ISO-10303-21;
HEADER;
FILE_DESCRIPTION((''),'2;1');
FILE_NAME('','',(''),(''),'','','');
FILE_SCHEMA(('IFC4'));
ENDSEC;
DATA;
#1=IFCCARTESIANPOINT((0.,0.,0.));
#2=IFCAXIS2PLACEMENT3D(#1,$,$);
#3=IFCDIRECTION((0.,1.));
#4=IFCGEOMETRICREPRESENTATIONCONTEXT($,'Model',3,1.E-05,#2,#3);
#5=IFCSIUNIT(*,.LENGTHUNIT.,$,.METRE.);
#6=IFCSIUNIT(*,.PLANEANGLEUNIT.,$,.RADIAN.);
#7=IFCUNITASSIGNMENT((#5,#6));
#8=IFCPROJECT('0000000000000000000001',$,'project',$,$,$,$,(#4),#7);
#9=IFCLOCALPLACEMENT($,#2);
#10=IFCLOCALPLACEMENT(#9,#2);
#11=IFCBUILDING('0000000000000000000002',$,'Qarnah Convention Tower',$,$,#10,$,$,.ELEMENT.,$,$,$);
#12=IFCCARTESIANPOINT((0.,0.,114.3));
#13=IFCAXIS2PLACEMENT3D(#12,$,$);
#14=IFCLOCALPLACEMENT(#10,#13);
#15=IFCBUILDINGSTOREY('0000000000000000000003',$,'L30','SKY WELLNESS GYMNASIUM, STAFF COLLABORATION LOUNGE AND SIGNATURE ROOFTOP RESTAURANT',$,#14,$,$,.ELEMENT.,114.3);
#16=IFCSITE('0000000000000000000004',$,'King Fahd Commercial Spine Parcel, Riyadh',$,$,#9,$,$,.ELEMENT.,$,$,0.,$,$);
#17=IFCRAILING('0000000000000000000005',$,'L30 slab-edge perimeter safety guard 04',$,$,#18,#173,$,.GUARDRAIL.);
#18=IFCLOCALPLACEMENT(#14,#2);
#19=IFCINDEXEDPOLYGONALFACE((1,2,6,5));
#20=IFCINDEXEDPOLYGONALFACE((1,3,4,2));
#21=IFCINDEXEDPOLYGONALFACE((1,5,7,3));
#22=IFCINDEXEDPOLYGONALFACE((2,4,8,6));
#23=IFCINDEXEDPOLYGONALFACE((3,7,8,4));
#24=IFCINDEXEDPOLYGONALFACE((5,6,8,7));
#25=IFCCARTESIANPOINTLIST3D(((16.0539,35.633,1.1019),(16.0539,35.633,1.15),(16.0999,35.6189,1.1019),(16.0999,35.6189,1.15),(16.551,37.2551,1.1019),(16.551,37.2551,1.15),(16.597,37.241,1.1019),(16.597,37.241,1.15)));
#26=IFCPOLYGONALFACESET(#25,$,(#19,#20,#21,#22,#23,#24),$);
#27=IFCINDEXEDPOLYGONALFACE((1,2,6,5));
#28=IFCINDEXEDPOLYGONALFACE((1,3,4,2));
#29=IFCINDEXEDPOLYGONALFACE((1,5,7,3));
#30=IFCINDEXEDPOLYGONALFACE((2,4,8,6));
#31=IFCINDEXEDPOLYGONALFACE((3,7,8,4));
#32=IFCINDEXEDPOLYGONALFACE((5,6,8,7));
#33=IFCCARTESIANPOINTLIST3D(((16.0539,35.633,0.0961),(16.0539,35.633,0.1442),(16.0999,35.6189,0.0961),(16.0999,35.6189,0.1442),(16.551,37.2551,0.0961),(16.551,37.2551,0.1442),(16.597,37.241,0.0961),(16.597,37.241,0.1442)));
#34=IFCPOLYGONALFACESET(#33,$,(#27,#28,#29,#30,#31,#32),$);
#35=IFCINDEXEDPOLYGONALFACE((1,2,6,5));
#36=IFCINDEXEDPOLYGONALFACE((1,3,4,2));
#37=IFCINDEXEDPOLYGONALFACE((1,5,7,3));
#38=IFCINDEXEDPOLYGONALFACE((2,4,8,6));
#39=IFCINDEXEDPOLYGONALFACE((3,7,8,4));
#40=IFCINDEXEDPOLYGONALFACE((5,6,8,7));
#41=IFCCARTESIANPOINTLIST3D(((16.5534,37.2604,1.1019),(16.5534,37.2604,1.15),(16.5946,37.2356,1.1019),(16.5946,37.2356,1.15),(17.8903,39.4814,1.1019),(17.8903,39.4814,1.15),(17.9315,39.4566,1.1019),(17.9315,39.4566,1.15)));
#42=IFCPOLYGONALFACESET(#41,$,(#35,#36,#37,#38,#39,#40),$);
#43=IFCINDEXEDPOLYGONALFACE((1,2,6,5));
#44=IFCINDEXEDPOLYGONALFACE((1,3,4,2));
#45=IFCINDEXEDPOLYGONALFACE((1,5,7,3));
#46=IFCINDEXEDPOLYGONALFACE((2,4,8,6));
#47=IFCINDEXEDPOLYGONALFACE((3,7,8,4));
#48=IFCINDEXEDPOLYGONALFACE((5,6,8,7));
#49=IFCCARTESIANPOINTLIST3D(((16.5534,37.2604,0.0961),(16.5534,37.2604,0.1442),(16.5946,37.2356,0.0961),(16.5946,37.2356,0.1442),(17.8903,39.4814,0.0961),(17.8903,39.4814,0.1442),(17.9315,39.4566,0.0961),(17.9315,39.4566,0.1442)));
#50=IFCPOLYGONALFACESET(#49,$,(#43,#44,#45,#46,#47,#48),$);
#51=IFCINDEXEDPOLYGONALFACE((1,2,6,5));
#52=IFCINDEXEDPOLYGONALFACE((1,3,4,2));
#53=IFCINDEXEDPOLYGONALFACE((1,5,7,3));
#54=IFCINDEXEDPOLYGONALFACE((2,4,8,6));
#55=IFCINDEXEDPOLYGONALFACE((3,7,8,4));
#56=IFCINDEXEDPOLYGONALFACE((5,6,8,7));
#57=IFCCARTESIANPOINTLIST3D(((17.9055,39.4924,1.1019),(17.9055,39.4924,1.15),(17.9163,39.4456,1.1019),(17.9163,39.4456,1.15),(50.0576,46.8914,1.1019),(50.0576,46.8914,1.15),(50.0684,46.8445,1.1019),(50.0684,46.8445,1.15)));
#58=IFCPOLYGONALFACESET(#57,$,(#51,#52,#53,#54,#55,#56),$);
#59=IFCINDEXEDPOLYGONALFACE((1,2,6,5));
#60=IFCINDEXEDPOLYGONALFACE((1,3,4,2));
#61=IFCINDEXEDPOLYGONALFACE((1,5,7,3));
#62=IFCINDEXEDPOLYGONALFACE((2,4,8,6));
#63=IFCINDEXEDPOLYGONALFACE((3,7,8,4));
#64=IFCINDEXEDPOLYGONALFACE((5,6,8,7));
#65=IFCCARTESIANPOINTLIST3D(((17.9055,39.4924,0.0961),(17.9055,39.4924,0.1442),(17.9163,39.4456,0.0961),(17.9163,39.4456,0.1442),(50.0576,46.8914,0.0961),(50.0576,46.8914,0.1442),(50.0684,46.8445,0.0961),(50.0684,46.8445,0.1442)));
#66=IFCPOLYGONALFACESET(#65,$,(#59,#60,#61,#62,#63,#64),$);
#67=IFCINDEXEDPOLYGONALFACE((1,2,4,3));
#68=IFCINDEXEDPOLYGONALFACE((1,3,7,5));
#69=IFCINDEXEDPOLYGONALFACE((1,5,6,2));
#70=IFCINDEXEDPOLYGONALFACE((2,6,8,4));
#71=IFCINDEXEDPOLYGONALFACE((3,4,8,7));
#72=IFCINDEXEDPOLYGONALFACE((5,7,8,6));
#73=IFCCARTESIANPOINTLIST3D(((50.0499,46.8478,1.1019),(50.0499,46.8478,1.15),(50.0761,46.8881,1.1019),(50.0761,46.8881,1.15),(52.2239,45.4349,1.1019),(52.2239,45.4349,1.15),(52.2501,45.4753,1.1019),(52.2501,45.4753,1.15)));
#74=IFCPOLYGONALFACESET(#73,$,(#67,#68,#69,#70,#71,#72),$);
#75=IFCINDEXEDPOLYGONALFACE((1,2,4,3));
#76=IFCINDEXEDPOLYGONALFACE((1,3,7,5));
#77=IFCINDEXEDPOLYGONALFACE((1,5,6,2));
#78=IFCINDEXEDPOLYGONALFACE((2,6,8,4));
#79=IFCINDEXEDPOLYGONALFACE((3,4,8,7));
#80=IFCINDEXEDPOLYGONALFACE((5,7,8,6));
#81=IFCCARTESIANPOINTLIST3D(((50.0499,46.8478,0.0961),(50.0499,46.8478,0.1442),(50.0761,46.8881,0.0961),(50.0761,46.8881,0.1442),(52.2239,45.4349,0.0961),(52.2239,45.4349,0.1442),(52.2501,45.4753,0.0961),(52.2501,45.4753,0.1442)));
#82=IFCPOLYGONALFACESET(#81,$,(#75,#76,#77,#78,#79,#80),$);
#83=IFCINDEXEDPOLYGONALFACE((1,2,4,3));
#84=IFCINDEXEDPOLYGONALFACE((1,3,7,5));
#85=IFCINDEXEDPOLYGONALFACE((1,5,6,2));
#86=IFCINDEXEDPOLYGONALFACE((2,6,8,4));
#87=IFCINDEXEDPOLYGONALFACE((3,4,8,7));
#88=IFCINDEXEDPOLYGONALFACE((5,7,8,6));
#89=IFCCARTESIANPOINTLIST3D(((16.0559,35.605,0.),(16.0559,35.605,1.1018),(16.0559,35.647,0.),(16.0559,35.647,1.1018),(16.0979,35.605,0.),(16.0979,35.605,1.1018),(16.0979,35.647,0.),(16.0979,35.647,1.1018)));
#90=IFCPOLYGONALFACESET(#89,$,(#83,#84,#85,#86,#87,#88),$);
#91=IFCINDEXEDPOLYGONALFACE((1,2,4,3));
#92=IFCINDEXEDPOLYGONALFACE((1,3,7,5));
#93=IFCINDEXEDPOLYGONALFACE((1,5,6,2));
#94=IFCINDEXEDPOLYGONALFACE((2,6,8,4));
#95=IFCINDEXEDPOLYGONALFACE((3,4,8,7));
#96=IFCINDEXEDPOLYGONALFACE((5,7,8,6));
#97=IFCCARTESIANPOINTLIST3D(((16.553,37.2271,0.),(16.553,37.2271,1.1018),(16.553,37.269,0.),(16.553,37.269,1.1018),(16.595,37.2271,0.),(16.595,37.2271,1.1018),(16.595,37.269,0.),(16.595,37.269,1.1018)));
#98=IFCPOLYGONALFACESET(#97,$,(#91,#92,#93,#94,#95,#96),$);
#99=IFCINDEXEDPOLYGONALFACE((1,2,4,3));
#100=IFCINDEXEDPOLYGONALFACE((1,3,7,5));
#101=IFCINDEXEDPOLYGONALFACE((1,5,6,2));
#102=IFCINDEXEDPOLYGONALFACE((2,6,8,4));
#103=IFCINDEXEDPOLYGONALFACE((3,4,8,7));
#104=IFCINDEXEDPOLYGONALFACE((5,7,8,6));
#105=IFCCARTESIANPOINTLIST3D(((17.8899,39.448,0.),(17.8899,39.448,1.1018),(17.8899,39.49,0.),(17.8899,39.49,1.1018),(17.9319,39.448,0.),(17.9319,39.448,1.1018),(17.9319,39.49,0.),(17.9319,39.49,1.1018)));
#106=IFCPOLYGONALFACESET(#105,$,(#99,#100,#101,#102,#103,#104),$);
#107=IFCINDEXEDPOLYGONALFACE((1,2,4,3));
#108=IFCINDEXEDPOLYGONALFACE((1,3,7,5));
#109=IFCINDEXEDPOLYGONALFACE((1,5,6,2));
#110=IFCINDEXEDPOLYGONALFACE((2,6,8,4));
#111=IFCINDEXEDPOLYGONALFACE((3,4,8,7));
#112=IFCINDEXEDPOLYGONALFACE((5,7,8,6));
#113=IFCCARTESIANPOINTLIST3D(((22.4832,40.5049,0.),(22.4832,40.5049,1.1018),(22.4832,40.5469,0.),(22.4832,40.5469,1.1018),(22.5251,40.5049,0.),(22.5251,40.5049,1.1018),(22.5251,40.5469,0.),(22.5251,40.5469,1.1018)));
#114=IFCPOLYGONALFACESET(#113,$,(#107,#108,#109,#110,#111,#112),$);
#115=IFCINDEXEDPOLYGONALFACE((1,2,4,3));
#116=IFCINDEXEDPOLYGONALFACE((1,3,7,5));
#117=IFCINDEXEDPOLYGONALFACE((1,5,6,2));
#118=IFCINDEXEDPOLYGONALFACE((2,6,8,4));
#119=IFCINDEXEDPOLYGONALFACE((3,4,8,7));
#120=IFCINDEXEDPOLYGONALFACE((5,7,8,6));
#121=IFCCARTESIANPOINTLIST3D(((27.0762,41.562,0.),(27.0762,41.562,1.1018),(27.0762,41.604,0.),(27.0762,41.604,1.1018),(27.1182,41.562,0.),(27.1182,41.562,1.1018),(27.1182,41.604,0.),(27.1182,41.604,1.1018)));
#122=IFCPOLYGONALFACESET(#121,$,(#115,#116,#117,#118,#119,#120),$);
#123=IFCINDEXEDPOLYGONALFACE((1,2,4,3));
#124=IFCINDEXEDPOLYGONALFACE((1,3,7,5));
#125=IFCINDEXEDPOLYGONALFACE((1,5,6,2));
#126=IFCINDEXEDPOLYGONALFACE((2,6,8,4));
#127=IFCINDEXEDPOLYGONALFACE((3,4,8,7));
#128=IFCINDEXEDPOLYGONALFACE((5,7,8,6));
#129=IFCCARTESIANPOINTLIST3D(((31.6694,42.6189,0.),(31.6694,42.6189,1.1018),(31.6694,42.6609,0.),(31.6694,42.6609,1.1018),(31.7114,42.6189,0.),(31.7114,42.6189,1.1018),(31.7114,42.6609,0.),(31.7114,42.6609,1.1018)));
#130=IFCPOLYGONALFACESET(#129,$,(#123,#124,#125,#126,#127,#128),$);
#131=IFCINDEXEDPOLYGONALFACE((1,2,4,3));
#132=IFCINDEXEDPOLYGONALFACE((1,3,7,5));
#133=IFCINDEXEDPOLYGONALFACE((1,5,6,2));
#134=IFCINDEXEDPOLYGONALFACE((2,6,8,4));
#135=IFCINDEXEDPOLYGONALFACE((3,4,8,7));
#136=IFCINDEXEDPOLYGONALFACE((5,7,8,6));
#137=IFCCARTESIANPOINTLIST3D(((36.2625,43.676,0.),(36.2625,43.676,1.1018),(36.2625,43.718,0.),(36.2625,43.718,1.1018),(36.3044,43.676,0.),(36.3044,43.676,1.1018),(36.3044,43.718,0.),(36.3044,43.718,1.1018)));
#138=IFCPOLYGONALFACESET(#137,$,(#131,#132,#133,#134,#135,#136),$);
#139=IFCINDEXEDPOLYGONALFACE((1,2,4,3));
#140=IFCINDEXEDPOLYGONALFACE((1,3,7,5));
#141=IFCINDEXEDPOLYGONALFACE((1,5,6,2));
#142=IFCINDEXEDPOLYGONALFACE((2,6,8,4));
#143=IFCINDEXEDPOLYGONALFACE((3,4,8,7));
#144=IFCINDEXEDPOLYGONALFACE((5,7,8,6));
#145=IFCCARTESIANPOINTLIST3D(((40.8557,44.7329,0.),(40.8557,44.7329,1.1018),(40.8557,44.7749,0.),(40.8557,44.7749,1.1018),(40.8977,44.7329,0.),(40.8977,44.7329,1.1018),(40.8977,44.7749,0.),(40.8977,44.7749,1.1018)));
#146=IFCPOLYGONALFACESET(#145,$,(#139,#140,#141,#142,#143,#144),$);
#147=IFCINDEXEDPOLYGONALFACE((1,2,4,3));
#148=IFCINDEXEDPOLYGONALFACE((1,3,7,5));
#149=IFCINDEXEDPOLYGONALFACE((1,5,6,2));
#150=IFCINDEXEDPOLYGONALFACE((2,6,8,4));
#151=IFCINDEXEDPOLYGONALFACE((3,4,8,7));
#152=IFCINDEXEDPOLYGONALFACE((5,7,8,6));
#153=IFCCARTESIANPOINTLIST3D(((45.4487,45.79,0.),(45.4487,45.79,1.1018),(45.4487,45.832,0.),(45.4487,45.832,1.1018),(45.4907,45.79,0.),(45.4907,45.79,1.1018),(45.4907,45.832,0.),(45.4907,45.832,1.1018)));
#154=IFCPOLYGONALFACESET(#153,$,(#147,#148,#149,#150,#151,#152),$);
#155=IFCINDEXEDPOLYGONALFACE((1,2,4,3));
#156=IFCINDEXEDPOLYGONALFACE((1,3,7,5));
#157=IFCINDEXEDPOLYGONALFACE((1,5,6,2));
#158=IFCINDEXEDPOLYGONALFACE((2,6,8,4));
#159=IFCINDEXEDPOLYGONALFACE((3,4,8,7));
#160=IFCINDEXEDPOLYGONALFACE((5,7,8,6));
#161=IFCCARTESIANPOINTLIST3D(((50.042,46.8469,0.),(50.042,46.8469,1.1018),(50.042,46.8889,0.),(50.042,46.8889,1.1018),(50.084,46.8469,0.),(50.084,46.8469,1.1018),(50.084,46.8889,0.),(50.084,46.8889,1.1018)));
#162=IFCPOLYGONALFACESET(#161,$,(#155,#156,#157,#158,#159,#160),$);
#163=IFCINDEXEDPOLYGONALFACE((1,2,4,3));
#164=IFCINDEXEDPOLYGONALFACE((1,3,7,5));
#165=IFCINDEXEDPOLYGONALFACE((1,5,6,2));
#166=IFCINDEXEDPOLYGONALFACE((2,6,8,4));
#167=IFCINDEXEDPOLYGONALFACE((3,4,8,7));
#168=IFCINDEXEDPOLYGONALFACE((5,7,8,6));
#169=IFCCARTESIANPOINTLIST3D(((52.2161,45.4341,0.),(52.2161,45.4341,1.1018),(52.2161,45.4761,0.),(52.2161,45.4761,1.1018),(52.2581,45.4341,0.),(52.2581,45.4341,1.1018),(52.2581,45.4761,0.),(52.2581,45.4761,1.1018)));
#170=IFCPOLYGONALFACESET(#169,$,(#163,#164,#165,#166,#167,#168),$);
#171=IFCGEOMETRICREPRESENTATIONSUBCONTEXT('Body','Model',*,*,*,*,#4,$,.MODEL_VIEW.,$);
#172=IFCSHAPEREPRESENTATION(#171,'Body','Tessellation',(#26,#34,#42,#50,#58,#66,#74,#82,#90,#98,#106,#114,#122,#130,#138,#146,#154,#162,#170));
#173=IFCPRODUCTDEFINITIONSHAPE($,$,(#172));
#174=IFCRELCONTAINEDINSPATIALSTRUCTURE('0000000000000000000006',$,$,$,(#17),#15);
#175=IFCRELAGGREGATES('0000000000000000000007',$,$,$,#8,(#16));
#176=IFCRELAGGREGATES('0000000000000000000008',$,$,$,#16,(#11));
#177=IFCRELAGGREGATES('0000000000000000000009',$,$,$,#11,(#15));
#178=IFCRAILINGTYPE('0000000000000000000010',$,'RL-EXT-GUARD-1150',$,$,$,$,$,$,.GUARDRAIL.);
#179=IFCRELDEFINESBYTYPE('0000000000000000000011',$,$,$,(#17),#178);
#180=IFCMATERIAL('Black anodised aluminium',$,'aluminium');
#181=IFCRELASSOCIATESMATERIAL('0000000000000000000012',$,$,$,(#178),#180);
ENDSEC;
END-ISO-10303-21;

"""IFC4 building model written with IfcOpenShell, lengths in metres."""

from ifc_helpers import new_model, si_unit, direction, frame, origin, origin_2d, place, context, subcontext, project, spatial, rectangle, extrude, material, type_object, element, save


model = new_model("IFC4")

# Units and contexts
model_context = context("Model", 3, precision=1e-05, world=origin(), true_north=direction((0.0, 1.0)))
body_context = subcontext(model_context, "Body", "Model", "MODEL_VIEW")
ifc_project = project(units=[si_unit("LENGTHUNIT", "METRE"), si_unit("PLANEANGLEUNIT", "RADIAN")], contexts=[model_context])

# Site, building, storey
site_placement = place(None, origin())
site = spatial("IfcSite", under=ifc_project, at=site_placement, Name="King Fahd Commercial Spine Parcel, Riyadh", CompositionType="ELEMENT", RefElevation=0.0)
building_placement = place(site_placement, origin())
building = spatial("IfcBuilding", under=site, at=building_placement, Name="Qarnah Convention Tower", CompositionType="ELEMENT")
storey_placement = place(building_placement, frame((0.0, 0.0, 114.3)))
storey = spatial("IfcBuildingStorey", under=building, at=storey_placement, Name="L30", Description="SKY WELLNESS GYMNASIUM, STAFF COLLABORATION LOUNGE AND SIGNATURE ROOFTOP RESTAURANT", CompositionType="ELEMENT", Elevation=114.3)

# Shared definitions
ifc_material_1 = material(Name="Black anodised aluminium", Category="aluminium")

# Railing
railing_type_1 = type_object("IfcRailingType", Name="RL-EXT-GUARD-1150", PredefinedType="GUARDRAIL", material=ifc_material_1)
railing_1_placement = place(storey_placement, frame((16.0769, 35.626, 0.0)))
element("IfcRailing", 1, at=railing_1_placement, inside=storey, type_object=railing_type_1, Name="L30 slab-edge perimeter safety guard 04", PredefinedType="GUARDRAIL", context=body_context, shape_type="SweptSolid", body=[
    extrude(rectangle(XDim=0.0481, YDim=0.0481, at=origin_2d()), frame((0.0, 0.0, 1.126), z_axis=(0.292994, 0.956114, 0.0), x_axis=(-0.956114, 0.292994, 0.0)), (0.0, 0.0, 1.0), 1.6965),
    extrude(rectangle(XDim=0.0481, YDim=0.0481, at=origin_2d()), frame((0.0, 0.0, 0.1201), z_axis=(0.292994, 0.956114, 0.0), x_axis=(-0.956114, 0.292994, 0.0)), (0.0, 0.0, 1.0), 1.6965),
    extrude(rectangle(XDim=0.0481, YDim=0.0481, at=origin_2d()), frame((0.4971, 1.6221, 1.126), z_axis=(0.515728, 0.856752, 0.0), x_axis=(-0.856752, 0.515728, 0.0)), (0.0, 0.0, 1.0), 2.5923),
    extrude(rectangle(XDim=0.0481, YDim=0.0481, at=origin_2d()), frame((0.4971, 1.6221, 0.1201), z_axis=(0.515728, 0.856752, 0.0), x_axis=(-0.856752, 0.515728, 0.0)), (0.0, 0.0, 1.0), 2.5923),
    extrude(rectangle(XDim=0.0481, YDim=0.0481, at=origin_2d()), frame((1.834, 3.843, 1.126), z_axis=(0.974529, 0.224261, 0.0), x_axis=(-0.224261, 0.974529, 0.0)), (0.0, 0.0, 1.0), 32.9924),
    extrude(rectangle(XDim=0.0481, YDim=0.0481, at=origin_2d()), frame((1.834, 3.843, 0.1201), z_axis=(0.974529, 0.224261, 0.0), x_axis=(-0.224261, 0.974529, 0.0)), (0.0, 0.0, 1.0), 32.9924),
    extrude(rectangle(XDim=0.0481, YDim=0.0481, at=origin_2d()), frame((33.9861, 11.2419, 1.126), z_axis=(0.838497, -0.544906, 0.0), x_axis=(0.544906, 0.838497, 0.0)), (0.0, 0.0, 1.0), 2.5928),
    extrude(rectangle(XDim=0.0481, YDim=0.0481, at=origin_2d()), frame((33.9861, 11.2419, 0.1201), z_axis=(0.838497, -0.544906, 0.0), x_axis=(0.544906, 0.838497, 0.0)), (0.0, 0.0, 1.0), 2.5928),
    extrude(rectangle(XDim=0.042, YDim=0.042, at=origin_2d()), origin(), (0.0, 0.0, 1.0), 1.1018),
    extrude(rectangle(XDim=0.042, YDim=0.042, at=origin_2d()), frame((0.4971, 1.6221, 0.0)), (0.0, 0.0, 1.0), 1.1018),
    extrude(rectangle(XDim=0.042, YDim=0.042, at=origin_2d()), frame((1.834, 3.843, 0.0)), (0.0, 0.0, 1.0), 1.1018),
    extrude(rectangle(XDim=0.042, YDim=0.042, at=origin_2d()), frame((6.4272, 4.8999, 0.0)), (0.0, 0.0, 1.0), 1.1018),
    extrude(rectangle(XDim=0.042, YDim=0.042, at=origin_2d()), frame((11.0203, 5.957, 0.0)), (0.0, 0.0, 1.0), 1.1018),
    extrude(rectangle(XDim=0.042, YDim=0.042, at=origin_2d()), frame((15.6135, 7.0139, 0.0)), (0.0, 0.0, 1.0), 1.1018),
    extrude(rectangle(XDim=0.042, YDim=0.042, at=origin_2d()), frame((20.2065, 8.071, 0.0)), (0.0, 0.0, 1.0), 1.1018),
    extrude(rectangle(XDim=0.042, YDim=0.042, at=origin_2d()), frame((24.7998, 9.1279, 0.0)), (0.0, 0.0, 1.0), 1.1018),
    extrude(rectangle(XDim=0.042, YDim=0.042, at=origin_2d()), frame((29.3928, 10.1851, 0.0)), (0.0, 0.0, 1.0), 1.1018),
    extrude(rectangle(XDim=0.042, YDim=0.042, at=origin_2d()), frame((33.9861, 11.2419, 0.0)), (0.0, 0.0, 1.0), 1.1018),
    extrude(rectangle(XDim=0.042, YDim=0.042, at=origin_2d()), frame((36.1602, 9.8291, 0.0)), (0.0, 0.0, 1.0), 1.1018),
])

save(model, "model.ifc")
